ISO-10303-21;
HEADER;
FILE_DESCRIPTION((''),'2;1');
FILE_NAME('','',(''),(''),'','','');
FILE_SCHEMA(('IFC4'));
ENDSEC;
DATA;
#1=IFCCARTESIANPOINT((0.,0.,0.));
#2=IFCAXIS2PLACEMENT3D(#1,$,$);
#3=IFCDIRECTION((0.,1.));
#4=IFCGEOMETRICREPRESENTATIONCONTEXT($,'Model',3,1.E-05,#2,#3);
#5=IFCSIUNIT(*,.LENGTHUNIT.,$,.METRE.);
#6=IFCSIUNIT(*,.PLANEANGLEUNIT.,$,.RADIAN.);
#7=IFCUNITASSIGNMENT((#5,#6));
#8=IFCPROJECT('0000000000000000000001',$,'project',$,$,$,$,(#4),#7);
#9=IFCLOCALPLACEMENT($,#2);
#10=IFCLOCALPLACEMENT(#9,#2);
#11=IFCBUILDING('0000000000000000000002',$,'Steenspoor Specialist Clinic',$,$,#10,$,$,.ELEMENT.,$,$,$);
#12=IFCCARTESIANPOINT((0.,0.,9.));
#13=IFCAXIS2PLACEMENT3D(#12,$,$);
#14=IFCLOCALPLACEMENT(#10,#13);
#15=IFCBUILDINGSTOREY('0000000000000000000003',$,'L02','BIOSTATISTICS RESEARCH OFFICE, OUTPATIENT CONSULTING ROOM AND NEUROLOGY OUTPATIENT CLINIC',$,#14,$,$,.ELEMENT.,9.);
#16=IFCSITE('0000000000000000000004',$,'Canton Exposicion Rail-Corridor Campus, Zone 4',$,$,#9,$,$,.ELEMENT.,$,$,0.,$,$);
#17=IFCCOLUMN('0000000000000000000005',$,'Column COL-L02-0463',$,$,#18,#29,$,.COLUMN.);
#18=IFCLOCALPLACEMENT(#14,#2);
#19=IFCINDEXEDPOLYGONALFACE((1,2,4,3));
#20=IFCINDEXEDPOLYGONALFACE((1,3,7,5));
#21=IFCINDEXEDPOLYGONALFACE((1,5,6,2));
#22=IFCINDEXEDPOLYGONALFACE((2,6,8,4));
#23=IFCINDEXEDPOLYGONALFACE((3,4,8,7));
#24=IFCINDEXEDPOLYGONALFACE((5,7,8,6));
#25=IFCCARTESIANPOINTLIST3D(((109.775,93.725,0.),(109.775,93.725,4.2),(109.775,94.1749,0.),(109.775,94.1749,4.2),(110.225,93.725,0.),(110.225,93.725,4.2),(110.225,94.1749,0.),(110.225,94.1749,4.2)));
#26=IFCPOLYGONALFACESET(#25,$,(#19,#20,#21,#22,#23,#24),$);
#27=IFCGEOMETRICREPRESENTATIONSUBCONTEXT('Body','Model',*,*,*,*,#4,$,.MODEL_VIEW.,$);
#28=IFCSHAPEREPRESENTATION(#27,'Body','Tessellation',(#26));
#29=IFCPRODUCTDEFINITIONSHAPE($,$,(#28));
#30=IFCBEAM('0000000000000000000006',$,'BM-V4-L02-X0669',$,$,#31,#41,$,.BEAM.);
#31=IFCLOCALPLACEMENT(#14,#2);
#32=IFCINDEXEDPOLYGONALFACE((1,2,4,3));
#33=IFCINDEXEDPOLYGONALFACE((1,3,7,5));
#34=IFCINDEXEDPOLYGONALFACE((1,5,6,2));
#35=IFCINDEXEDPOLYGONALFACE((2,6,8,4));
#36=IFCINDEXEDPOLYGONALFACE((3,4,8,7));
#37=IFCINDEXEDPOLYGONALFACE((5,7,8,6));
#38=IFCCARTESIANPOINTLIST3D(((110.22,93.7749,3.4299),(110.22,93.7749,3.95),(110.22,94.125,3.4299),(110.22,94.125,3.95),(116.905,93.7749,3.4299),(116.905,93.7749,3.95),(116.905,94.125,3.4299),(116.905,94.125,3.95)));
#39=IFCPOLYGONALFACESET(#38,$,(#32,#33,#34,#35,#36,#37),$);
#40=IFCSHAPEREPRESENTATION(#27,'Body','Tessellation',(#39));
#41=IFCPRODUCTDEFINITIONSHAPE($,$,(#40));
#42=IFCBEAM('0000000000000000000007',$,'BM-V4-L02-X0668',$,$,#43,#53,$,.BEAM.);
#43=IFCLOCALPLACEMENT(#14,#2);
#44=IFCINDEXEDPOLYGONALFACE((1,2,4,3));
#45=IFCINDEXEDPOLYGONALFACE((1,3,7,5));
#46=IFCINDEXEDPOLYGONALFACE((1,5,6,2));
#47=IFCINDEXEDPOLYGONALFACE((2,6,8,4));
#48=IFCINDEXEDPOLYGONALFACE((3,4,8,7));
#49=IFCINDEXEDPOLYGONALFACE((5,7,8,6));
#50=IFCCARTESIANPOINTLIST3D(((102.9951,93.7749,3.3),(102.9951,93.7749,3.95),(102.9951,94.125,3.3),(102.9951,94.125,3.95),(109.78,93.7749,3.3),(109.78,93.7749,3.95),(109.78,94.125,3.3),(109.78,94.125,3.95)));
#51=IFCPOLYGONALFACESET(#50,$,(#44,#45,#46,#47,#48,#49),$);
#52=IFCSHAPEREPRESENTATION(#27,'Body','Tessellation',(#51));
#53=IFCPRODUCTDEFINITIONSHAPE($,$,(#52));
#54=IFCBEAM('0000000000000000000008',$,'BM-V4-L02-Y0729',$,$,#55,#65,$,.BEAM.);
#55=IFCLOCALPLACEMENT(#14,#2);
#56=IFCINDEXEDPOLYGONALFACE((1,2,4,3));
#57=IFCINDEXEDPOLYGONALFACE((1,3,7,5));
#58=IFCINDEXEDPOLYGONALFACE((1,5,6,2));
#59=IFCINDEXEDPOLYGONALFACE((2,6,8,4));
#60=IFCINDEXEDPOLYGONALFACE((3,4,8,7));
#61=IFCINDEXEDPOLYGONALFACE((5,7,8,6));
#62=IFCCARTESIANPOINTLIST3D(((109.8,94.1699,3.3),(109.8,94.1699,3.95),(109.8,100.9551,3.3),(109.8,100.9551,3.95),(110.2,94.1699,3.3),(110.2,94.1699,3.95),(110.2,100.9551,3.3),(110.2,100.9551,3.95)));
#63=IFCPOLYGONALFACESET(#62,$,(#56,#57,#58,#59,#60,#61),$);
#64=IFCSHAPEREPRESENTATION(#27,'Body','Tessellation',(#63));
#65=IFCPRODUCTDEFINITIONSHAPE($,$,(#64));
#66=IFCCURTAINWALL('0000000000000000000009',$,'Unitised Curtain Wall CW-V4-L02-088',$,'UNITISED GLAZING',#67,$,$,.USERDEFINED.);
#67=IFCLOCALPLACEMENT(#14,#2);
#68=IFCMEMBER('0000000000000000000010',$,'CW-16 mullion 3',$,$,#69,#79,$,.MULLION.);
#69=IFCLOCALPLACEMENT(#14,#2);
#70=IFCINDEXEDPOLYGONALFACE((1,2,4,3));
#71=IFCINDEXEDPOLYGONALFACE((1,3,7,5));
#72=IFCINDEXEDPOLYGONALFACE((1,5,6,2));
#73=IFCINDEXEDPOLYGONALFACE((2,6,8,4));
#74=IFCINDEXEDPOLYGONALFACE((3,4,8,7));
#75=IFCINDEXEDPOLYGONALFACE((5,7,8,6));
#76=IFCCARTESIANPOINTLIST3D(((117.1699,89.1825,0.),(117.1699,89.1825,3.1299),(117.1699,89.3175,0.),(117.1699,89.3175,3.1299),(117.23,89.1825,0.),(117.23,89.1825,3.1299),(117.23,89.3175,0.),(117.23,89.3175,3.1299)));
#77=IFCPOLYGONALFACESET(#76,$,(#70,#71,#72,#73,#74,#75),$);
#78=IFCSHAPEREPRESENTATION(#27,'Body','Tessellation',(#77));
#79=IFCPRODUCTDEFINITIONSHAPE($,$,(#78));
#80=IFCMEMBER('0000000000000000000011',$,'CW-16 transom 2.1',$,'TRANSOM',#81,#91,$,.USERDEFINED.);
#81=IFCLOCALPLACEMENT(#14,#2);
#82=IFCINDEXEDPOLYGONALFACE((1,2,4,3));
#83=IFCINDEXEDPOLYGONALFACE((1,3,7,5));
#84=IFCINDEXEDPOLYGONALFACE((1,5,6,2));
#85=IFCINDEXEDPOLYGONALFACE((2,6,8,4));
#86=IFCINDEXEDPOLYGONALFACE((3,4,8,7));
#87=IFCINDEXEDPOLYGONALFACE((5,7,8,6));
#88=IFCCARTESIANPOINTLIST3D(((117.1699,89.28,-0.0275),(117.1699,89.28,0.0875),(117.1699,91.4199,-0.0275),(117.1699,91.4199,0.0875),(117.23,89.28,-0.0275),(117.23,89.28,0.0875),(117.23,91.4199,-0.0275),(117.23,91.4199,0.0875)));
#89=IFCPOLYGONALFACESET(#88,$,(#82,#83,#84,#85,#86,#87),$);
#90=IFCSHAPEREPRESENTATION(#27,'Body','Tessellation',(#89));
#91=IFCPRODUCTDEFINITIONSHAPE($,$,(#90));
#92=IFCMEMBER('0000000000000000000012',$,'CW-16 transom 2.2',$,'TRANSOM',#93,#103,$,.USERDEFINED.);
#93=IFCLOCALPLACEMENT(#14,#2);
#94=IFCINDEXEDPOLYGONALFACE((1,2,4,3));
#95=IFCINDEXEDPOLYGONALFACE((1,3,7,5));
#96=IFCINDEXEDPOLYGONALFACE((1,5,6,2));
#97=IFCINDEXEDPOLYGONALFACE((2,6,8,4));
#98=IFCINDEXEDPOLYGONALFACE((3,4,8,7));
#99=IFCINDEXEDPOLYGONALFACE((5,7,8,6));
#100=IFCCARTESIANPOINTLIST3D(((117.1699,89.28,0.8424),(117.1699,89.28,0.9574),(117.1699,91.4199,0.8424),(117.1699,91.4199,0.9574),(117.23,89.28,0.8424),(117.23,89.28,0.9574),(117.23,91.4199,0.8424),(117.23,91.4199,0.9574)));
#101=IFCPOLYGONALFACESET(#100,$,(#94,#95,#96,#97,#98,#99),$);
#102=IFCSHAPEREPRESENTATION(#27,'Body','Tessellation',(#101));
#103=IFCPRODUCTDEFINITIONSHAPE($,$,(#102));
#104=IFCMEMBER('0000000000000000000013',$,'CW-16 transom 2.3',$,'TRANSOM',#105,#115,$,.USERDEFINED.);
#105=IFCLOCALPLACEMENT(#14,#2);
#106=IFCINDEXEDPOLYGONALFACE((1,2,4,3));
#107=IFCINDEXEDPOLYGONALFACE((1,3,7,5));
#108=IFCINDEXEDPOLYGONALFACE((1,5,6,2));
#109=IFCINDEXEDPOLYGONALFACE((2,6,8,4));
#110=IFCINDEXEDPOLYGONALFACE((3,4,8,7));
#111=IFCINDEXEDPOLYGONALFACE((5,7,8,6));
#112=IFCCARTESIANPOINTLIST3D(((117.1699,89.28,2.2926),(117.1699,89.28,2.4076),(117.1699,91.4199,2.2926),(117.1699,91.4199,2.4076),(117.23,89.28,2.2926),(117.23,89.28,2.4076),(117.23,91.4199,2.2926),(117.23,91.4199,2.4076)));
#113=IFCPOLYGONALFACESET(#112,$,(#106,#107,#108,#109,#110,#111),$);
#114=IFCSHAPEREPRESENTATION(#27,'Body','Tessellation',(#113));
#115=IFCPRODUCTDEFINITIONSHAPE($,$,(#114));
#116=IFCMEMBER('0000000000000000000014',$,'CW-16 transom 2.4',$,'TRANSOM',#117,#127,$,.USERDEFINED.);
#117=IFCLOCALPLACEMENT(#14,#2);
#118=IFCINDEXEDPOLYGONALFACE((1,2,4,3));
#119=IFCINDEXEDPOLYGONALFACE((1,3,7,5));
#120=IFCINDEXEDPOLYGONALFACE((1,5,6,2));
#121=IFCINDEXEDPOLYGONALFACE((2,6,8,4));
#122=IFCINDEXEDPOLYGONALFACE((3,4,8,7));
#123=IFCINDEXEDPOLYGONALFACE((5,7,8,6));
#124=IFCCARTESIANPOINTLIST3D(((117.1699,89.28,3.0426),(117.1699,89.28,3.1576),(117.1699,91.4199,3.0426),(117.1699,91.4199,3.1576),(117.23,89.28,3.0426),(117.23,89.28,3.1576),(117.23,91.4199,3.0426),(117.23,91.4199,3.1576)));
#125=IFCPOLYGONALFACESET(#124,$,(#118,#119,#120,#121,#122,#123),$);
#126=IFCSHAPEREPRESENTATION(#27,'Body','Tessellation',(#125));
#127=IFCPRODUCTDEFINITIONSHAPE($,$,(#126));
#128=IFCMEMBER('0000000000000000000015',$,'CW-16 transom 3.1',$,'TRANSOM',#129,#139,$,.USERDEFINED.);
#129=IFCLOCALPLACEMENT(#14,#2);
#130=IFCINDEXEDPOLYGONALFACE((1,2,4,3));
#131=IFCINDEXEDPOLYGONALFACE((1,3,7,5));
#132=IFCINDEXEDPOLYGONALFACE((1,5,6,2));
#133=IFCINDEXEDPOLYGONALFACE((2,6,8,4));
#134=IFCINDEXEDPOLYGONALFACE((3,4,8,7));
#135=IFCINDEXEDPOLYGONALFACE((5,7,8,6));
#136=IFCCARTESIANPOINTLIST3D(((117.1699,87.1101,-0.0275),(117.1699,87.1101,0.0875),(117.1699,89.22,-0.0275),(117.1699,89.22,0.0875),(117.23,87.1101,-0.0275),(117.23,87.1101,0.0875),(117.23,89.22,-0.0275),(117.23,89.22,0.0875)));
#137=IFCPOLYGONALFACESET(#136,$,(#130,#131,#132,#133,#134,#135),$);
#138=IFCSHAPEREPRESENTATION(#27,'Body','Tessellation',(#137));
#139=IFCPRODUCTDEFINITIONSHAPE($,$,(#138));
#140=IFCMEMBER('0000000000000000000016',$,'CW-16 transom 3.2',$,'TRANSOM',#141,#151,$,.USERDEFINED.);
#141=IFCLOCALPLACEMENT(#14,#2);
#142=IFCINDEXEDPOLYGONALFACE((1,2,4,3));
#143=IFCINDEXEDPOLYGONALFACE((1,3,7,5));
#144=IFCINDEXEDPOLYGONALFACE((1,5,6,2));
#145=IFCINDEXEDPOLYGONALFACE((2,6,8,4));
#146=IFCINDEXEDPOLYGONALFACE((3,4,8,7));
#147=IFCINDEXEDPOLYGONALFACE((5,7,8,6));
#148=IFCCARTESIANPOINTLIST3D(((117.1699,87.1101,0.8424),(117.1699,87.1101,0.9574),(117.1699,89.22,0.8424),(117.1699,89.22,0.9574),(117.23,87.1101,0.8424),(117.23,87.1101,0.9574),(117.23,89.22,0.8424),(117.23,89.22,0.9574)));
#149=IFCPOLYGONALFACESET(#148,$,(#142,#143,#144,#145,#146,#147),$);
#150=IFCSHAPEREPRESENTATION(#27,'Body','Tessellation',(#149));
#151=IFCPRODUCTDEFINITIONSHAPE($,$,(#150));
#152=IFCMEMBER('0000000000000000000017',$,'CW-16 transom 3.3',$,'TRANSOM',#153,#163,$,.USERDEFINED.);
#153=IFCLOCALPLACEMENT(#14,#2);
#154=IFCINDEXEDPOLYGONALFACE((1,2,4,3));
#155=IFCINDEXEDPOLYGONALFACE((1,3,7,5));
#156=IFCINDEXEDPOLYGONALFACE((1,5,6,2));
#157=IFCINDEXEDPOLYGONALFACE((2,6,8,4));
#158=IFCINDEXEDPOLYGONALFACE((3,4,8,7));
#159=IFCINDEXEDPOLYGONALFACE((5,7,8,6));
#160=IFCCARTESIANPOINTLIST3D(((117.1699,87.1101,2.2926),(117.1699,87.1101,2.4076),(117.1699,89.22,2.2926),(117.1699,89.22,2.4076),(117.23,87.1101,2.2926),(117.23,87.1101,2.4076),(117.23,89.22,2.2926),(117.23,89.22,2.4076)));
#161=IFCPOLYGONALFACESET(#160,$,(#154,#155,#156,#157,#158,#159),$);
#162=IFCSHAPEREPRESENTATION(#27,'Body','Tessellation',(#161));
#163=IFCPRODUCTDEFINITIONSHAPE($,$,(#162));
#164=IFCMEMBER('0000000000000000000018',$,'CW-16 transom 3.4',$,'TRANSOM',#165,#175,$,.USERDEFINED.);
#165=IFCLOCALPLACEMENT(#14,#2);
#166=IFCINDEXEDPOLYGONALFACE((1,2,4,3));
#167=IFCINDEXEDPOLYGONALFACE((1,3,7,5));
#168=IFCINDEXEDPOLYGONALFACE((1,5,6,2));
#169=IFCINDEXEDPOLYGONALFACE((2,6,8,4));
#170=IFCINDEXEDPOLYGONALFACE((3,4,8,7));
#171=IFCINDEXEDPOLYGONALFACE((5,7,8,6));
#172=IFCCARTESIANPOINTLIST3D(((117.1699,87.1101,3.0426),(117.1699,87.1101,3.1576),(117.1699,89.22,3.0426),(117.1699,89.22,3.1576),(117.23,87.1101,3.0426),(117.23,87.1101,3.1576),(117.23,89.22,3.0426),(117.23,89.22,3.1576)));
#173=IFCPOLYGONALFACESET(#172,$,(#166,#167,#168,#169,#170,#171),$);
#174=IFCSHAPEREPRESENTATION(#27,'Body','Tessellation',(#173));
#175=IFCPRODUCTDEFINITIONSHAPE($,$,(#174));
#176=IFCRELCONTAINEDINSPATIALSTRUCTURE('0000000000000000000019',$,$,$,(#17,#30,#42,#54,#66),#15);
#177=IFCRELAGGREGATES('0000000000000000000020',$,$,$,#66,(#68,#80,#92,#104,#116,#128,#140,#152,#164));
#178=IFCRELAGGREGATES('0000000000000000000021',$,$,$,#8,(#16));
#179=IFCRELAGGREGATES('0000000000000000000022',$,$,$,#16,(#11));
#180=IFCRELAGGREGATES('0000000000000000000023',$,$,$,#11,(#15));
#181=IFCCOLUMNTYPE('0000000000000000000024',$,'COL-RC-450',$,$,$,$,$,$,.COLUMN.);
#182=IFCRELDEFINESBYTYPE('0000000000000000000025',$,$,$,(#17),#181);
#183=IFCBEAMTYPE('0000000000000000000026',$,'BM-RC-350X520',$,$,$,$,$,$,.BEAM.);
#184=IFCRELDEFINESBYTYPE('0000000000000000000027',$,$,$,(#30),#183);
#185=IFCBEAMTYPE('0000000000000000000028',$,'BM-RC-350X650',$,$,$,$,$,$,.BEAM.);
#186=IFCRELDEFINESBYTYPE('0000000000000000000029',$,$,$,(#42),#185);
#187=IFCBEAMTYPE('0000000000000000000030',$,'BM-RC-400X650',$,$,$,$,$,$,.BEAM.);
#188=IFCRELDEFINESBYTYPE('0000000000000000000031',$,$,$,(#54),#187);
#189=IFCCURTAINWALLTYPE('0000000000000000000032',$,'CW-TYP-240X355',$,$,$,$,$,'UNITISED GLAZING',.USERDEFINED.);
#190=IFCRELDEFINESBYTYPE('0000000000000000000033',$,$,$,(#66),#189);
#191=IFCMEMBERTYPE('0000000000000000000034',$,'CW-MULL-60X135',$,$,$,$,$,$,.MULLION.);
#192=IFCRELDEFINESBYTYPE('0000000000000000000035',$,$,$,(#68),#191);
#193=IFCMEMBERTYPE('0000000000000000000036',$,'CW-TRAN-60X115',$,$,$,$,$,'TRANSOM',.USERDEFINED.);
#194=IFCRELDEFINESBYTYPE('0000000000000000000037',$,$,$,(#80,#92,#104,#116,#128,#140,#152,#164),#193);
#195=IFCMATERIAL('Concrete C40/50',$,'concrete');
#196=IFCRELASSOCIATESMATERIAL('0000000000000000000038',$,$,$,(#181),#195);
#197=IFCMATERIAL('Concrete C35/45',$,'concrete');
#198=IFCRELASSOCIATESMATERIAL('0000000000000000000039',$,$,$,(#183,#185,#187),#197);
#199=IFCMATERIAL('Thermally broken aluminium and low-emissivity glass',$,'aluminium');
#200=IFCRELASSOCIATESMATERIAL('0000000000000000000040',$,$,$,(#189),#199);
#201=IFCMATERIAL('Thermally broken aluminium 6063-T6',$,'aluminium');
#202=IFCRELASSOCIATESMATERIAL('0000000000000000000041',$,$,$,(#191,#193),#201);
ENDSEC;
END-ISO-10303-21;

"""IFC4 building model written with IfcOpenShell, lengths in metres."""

from ifc_helpers import new_model, si_unit, direction, frame, origin, origin_2d, place, context, subcontext, project, spatial, rectangle, extrude, material, material_profile, profile_set, type_object, element, aggregate, save


model = new_model("IFC4")

# Units and contexts
model_context = context("Model", 3, precision=1e-05, world=origin(), true_north=direction((0.0, 1.0)))
body_context = subcontext(model_context, "Body", "Model", "MODEL_VIEW")
ifc_project = project(units=[si_unit("LENGTHUNIT", "METRE"), si_unit("PLANEANGLEUNIT", "RADIAN")], contexts=[model_context])

# Site, building, storey
site_placement = place(None, origin())
site = spatial("IfcSite", under=ifc_project, at=site_placement, Name="Canton Exposicion Rail-Corridor Campus, Zone 4", CompositionType="ELEMENT", RefElevation=0.0)
building_placement = place(site_placement, origin())
building = spatial("IfcBuilding", under=site, at=building_placement, Name="Steenspoor Specialist Clinic", CompositionType="ELEMENT")
storey_placement = place(building_placement, frame((0.0, 0.0, 9.0)))
storey = spatial("IfcBuildingStorey", under=building, at=storey_placement, Name="L02", Description="BIOSTATISTICS RESEARCH OFFICE, OUTPATIENT CONSULTING ROOM AND NEUROLOGY OUTPATIENT CLINIC", CompositionType="ELEMENT", Elevation=9.0)

# Column
ifc_material_1 = material(Name="Concrete C40/50", Category="concrete")
ifc_material_profile_1 = material_profile(ifc_material_1, rectangle(XDim=0.45, YDim=0.45, at=origin_2d()), Name="RC-COL-450X450")
ifc_profile_set_1 = profile_set([ifc_material_profile_1], Name="Concrete C40/50")
column_type = type_object("IfcColumnType", Name="COL-RC-450", PredefinedType="COLUMN", material=ifc_profile_set_1)
column_placement = place(storey_placement, frame((110.0, 93.95, 0.0), z_axis=(0.0, 0.0, 1.0), x_axis=(1.0, 0.0, 0.0)))
element("IfcColumn", 1, at=column_placement, inside=storey, type_object=column_type, Name="Column COL-L02-0463", PredefinedType="COLUMN", context=body_context, shape_type="SweptSolid", body=[
    extrude(rectangle(XDim=0.45, YDim=0.45, at=origin_2d()), origin(), (0.0, 0.0, 1.0), 4.2),
])

# Beams
ifc_material_2 = material(Name="Concrete C35/45", Category="concrete")
ifc_material_profile_2 = material_profile(ifc_material_2, rectangle(XDim=0.3501, YDim=0.52, at=origin_2d()), Name="RC-BM-350X520")
ifc_profile_set_2 = profile_set([ifc_material_profile_2], Name="Concrete C35/45")
beam_type_1 = type_object("IfcBeamType", Name="BM-RC-350X520", PredefinedType="BEAM", material=ifc_profile_set_2)
beam_1_placement = place(storey_placement, frame((110.22, 93.95, 3.6899), z_axis=(1.0, 0.0, 0.0), x_axis=(0.0, 1.0, 0.0)))
element("IfcBeam", 2, at=beam_1_placement, inside=storey, type_object=beam_type_1, Name="BM-V4-L02-X0669", PredefinedType="BEAM", context=body_context, shape_type="SweptSolid", body=[
    extrude(rectangle(XDim=0.3501, YDim=0.52, at=origin_2d()), origin(), (0.0, 0.0, 1.0), 6.6851),
])
ifc_material_profile_3 = material_profile(ifc_material_2, rectangle(XDim=0.3501, YDim=0.6499, at=origin_2d()), Name="RC-BM-350X650")
ifc_profile_set_3 = profile_set([ifc_material_profile_3], Name="Concrete C35/45")
beam_type_2 = type_object("IfcBeamType", Name="BM-RC-350X650", PredefinedType="BEAM", material=ifc_profile_set_3)
beam_2_placement = place(storey_placement, frame((102.9951, 93.95, 3.625), z_axis=(1.0, 0.0, 0.0), x_axis=(0.0, 1.0, 0.0)))
element("IfcBeam", 3, at=beam_2_placement, inside=storey, type_object=beam_type_2, Name="BM-V4-L02-X0668", PredefinedType="BEAM", context=body_context, shape_type="SweptSolid", body=[
    extrude(rectangle(XDim=0.3501, YDim=0.6499, at=origin_2d()), origin(), (0.0, 0.0, 1.0), 6.7849),
])
ifc_material_profile_4 = material_profile(ifc_material_2, rectangle(XDim=0.3999, YDim=0.6499, at=origin_2d()), Name="RC-BM-400X650")
ifc_profile_set_4 = profile_set([ifc_material_profile_4], Name="Concrete C35/45")
beam_type_3 = type_object("IfcBeamType", Name="BM-RC-400X650", PredefinedType="BEAM", material=ifc_profile_set_4)
beam_3_placement = place(storey_placement, frame((110.0, 94.1699, 3.625), z_axis=(0.0, 1.0, 0.0), x_axis=(-1.0, 0.0, 0.0)))
element("IfcBeam", 4, at=beam_3_placement, inside=storey, type_object=beam_type_3, Name="BM-V4-L02-Y0729", PredefinedType="BEAM", context=body_context, shape_type="SweptSolid", body=[
    extrude(rectangle(XDim=0.3999, YDim=0.6499, at=origin_2d()), origin(), (0.0, 0.0, 1.0), 6.7852),
])

# Curtain wall, members
ifc_material_3 = material(Name="Thermally broken aluminium and low-emissivity glass", Category="aluminium")
curtain_wall_type = type_object("IfcCurtainWallType", Name="CW-TYP-240X355", ElementType="UNITISED GLAZING", PredefinedType="USERDEFINED", material=ifc_material_3)
curtain_wall_placement = place(storey_placement, origin())
curtain_wall = element("IfcCurtainWall", 5, at=curtain_wall_placement, inside=storey, type_object=curtain_wall_type, Name="Unitised Curtain Wall CW-V4-L02-088", ObjectType="UNITISED GLAZING", PredefinedType="USERDEFINED")
ifc_material_4 = material(Name="Thermally broken aluminium 6063-T6", Category="aluminium")
ifc_material_profile_5 = material_profile(ifc_material_4, rectangle(XDim=0.0601, YDim=0.135, at=origin_2d()), Name="CWM-60X135")
ifc_profile_set_5 = profile_set([ifc_material_profile_5], Name="Thermally broken aluminium 6063-T6")
member_type_1 = type_object("IfcMemberType", Name="CW-MULL-60X135", PredefinedType="MULLION", material=ifc_profile_set_5)
member_1_placement = place(storey_placement, frame((117.2, 89.25, 0.0), z_axis=(0.0, 0.0, 1.0), x_axis=(1.0, 0.0, 0.0)))
member_1 = element("IfcMember", 6, at=member_1_placement, type_object=member_type_1, Name="CW-16 mullion 3", PredefinedType="MULLION", context=body_context, shape_type="SweptSolid", body=[
    extrude(rectangle(XDim=0.0601, YDim=0.135, at=origin_2d()), origin(), (0.0, 0.0, 1.0), 3.1299),
])
ifc_material_profile_6 = material_profile(ifc_material_4, rectangle(XDim=0.0601, YDim=0.115, at=origin_2d()), Name="CWT-60X115")
ifc_profile_set_6 = profile_set([ifc_material_profile_6], Name="Thermally broken aluminium 6063-T6")
member_type_2 = type_object("IfcMemberType", Name="CW-TRAN-60X115", ElementType="TRANSOM", PredefinedType="USERDEFINED", material=ifc_profile_set_6)
member_2_placement = place(storey_placement, frame((117.2, 91.4199, 0.03), z_axis=(0.0, -1.0, 0.0), x_axis=(1.0, 0.0, 0.0)))
member_2 = element("IfcMember", 7, at=member_2_placement, type_object=member_type_2, Name="CW-16 transom 2.1", ObjectType="TRANSOM", PredefinedType="USERDEFINED", context=body_context, shape_type="SweptSolid", body=[
    extrude(rectangle(XDim=0.0601, YDim=0.115, at=origin_2d()), origin(), (0.0, 0.0, 1.0), 2.1399),
])
member_3_placement = place(storey_placement, frame((117.2, 91.4199, 0.8999), z_axis=(0.0, -1.0, 0.0), x_axis=(1.0, 0.0, 0.0)))
member_3 = element("IfcMember", 8, at=member_3_placement, type_object=member_type_2, Name="CW-16 transom 2.2", ObjectType="TRANSOM", PredefinedType="USERDEFINED", context=body_context, shape_type="SweptSolid", body=[
    extrude(rectangle(XDim=0.0601, YDim=0.115, at=origin_2d()), origin(), (0.0, 0.0, 1.0), 2.1399),
])
member_4_placement = place(storey_placement, frame((117.2, 91.4199, 2.3501), z_axis=(0.0, -1.0, 0.0), x_axis=(1.0, 0.0, 0.0)))
member_4 = element("IfcMember", 9, at=member_4_placement, type_object=member_type_2, Name="CW-16 transom 2.3", ObjectType="TRANSOM", PredefinedType="USERDEFINED", context=body_context, shape_type="SweptSolid", body=[
    extrude(rectangle(XDim=0.0601, YDim=0.115, at=origin_2d()), origin(), (0.0, 0.0, 1.0), 2.1399),
])
member_5_placement = place(storey_placement, frame((117.2, 91.4199, 3.1001), z_axis=(0.0, -1.0, 0.0), x_axis=(1.0, 0.0, 0.0)))
member_5 = element("IfcMember", 10, at=member_5_placement, type_object=member_type_2, Name="CW-16 transom 2.4", ObjectType="TRANSOM", PredefinedType="USERDEFINED", context=body_context, shape_type="SweptSolid", body=[
    extrude(rectangle(XDim=0.0601, YDim=0.115, at=origin_2d()), origin(), (0.0, 0.0, 1.0), 2.1399),
])
member_6_placement = place(storey_placement, frame((117.2, 89.22, 0.03), z_axis=(0.0, -1.0, 0.0), x_axis=(1.0, 0.0, 0.0)))
member_6 = element("IfcMember", 11, at=member_6_placement, type_object=member_type_2, Name="CW-16 transom 3.1", ObjectType="TRANSOM", PredefinedType="USERDEFINED", context=body_context, shape_type="SweptSolid", body=[
    extrude(rectangle(XDim=0.0601, YDim=0.115, at=origin_2d()), origin(), (0.0, 0.0, 1.0), 2.1099),
])
member_7_placement = place(storey_placement, frame((117.2, 89.22, 0.8999), z_axis=(0.0, -1.0, 0.0), x_axis=(1.0, 0.0, 0.0)))
member_7 = element("IfcMember", 12, at=member_7_placement, type_object=member_type_2, Name="CW-16 transom 3.2", ObjectType="TRANSOM", PredefinedType="USERDEFINED", context=body_context, shape_type="SweptSolid", body=[
    extrude(rectangle(XDim=0.0601, YDim=0.115, at=origin_2d()), origin(), (0.0, 0.0, 1.0), 2.1099),
])
member_8_placement = place(storey_placement, frame((117.2, 89.22, 2.3501), z_axis=(0.0, -1.0, 0.0), x_axis=(1.0, 0.0, 0.0)))
member_8 = element("IfcMember", 13, at=member_8_placement, type_object=member_type_2, Name="CW-16 transom 3.3", ObjectType="TRANSOM", PredefinedType="USERDEFINED", context=body_context, shape_type="SweptSolid", body=[
    extrude(rectangle(XDim=0.0601, YDim=0.115, at=origin_2d()), origin(), (0.0, 0.0, 1.0), 2.1099),
])
member_9_placement = place(storey_placement, frame((117.2, 89.22, 3.1001), z_axis=(0.0, -1.0, 0.0), x_axis=(1.0, 0.0, 0.0)))
member_9 = element("IfcMember", 14, at=member_9_placement, type_object=member_type_2, Name="CW-16 transom 3.4", ObjectType="TRANSOM", PredefinedType="USERDEFINED", context=body_context, shape_type="SweptSolid", body=[
    extrude(rectangle(XDim=0.0601, YDim=0.115, at=origin_2d()), origin(), (0.0, 0.0, 1.0), 2.1099),
])

aggregate(curtain_wall, [member_1, member_2, member_3, member_4, member_5, member_6, member_7, member_8, member_9])

save(model, "model.ifc")
